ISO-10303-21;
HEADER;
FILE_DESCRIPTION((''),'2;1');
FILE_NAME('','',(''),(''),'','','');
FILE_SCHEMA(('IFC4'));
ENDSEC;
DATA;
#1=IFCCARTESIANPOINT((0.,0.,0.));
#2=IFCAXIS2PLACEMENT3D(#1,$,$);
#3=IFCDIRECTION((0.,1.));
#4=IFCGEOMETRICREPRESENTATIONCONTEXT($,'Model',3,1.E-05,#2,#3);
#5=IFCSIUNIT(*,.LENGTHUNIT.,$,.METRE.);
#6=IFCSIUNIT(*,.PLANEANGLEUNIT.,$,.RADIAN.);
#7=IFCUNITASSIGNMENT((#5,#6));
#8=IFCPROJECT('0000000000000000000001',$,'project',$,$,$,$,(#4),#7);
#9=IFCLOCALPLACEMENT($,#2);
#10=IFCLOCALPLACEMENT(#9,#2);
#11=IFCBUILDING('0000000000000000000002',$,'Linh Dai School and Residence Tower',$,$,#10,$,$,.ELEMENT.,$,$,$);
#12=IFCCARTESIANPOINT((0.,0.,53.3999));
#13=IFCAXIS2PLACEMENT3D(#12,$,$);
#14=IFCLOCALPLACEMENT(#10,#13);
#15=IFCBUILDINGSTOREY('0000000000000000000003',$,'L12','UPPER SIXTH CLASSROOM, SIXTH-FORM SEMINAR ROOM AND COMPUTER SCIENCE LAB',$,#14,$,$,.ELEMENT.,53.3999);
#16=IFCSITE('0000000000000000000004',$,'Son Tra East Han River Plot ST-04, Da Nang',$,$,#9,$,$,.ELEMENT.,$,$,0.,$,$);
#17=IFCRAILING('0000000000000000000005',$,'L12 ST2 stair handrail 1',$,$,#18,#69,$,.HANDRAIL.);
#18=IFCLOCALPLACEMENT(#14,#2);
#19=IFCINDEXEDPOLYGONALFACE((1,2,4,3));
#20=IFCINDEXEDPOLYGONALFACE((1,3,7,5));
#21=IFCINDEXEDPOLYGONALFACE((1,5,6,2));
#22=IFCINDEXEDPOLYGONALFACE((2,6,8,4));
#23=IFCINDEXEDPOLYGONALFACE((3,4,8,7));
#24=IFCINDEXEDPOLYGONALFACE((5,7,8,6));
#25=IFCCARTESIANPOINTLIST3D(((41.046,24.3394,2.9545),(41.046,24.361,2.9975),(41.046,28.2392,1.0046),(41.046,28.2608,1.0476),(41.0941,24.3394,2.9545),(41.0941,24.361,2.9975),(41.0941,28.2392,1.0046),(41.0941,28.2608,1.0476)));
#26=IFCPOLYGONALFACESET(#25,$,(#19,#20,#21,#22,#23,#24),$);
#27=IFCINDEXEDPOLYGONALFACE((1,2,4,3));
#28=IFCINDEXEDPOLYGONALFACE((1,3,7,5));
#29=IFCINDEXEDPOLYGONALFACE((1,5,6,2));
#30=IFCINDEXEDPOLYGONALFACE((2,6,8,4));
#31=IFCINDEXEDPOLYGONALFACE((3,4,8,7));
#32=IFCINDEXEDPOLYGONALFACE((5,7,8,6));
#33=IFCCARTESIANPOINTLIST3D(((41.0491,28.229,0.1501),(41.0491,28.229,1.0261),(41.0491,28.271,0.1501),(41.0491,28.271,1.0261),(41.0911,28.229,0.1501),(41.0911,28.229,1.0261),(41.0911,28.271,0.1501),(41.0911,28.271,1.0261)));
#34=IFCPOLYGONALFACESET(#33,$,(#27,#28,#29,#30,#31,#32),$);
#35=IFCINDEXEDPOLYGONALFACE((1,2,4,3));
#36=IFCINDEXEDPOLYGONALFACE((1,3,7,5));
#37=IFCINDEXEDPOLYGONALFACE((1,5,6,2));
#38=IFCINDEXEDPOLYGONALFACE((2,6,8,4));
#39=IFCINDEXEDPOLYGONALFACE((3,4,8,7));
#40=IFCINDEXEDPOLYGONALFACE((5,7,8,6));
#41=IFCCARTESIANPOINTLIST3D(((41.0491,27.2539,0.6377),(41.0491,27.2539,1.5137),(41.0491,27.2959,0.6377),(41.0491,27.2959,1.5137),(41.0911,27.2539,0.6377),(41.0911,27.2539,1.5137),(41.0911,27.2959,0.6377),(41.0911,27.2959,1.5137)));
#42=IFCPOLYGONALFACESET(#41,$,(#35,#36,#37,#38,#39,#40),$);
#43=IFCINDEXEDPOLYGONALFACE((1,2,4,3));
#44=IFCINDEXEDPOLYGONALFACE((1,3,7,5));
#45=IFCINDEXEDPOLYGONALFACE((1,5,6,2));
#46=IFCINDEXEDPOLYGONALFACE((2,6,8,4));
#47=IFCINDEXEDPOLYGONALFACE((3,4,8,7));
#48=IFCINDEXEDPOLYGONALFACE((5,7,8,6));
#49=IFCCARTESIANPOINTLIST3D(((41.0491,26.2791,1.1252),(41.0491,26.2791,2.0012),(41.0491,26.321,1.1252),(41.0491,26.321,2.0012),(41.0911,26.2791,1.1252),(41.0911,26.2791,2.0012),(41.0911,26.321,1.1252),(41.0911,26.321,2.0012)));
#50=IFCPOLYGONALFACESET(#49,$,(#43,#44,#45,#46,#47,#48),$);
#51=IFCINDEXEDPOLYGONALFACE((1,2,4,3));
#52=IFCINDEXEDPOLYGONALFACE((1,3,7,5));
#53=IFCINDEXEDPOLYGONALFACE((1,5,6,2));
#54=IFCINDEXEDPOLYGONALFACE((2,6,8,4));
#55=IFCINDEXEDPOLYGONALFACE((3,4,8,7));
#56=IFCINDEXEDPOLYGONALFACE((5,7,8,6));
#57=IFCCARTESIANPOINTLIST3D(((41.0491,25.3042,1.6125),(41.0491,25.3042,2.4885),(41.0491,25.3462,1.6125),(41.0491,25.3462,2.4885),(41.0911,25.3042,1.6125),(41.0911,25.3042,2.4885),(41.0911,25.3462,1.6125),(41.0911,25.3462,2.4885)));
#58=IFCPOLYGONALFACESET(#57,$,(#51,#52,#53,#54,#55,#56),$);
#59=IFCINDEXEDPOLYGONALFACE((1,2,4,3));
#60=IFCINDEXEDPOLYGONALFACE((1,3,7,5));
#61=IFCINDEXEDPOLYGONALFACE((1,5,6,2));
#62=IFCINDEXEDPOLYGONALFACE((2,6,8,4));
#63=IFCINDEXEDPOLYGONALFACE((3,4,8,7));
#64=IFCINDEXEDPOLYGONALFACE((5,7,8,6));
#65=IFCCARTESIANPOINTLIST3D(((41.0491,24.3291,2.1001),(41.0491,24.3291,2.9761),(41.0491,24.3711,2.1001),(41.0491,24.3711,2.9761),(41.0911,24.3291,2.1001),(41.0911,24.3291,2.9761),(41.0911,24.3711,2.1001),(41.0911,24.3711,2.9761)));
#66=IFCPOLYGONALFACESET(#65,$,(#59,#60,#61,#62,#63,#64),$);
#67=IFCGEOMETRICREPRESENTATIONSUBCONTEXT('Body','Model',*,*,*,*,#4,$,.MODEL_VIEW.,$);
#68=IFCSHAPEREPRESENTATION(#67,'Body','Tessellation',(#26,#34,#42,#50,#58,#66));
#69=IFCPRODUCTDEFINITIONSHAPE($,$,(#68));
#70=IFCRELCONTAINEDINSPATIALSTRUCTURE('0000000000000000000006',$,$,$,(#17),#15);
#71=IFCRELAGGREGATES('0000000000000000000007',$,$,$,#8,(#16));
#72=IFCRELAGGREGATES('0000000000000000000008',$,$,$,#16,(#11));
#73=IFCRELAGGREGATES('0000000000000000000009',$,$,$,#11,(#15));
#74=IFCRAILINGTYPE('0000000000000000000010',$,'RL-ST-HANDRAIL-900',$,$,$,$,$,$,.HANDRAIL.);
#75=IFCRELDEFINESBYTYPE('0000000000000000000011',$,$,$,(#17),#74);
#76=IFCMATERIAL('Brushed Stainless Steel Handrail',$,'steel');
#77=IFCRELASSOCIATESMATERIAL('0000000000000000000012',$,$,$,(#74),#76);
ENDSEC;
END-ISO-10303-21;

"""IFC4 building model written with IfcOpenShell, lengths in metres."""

from ifc_helpers import new_model, si_unit, direction, frame, origin, origin_2d, place, context, subcontext, project, spatial, rectangle, extrude, source, transform, mapped, material, type_object, element, save


model = new_model("IFC4")

# Units and contexts
model_context = context("Model", 3, precision=1e-05, world=origin(), true_north=direction((0.0, 1.0)))
body_context = subcontext(model_context, "Body", "Model", "MODEL_VIEW")
ifc_project = project(units=[si_unit("LENGTHUNIT", "METRE"), si_unit("PLANEANGLEUNIT", "RADIAN")], contexts=[model_context])

# Site, building, storey
site_placement = place(None, origin())
site = spatial("IfcSite", under=ifc_project, at=site_placement, Name="Son Tra East Han River Plot ST-04, Da Nang", CompositionType="ELEMENT", RefElevation=0.0)
building_placement = place(site_placement, origin())
building = spatial("IfcBuilding", under=site, at=building_placement, Name="Linh Dai School and Residence Tower", CompositionType="ELEMENT")
storey_placement = place(building_placement, frame((0.0, 0.0, 53.3999)))
storey = spatial("IfcBuildingStorey", under=building, at=storey_placement, Name="L12", Description="UPPER SIXTH CLASSROOM, SIXTH-FORM SEMINAR ROOM AND COMPUTER SCIENCE LAB", CompositionType="ELEMENT", Elevation=53.3999)

# Railing
ifc_material_1 = material(Name="Brushed Stainless Steel Handrail", Category="steel")
railing_type_1 = type_object("IfcRailingType", Name="RL-ST-HANDRAIL-900", PredefinedType="HANDRAIL", material=ifc_material_1)
shared_shape_1 = source(origin(), body_context, "Body", "SweptSolid", [
    extrude(rectangle(XDim=0.0481, YDim=0.0481, at=origin_2d()), frame((0.0, 0.0, 0.876), z_axis=(0.0, -0.894427, 0.447214), x_axis=(1.0, 0.0, 0.0)), (0.0, 0.0, 1.0), 4.3601),
    extrude(rectangle(XDim=0.042, YDim=0.042, at=origin_2d()), origin(), (0.0, 0.0, 1.0), 0.876),
    extrude(rectangle(XDim=0.042, YDim=0.042, at=origin_2d()), frame((0.0, -0.9751, 0.4875)), (0.0, 0.0, 1.0), 0.876),
    extrude(rectangle(XDim=0.042, YDim=0.042, at=origin_2d()), frame((0.0, -1.95, 0.9751)), (0.0, 0.0, 1.0), 0.876),
    extrude(rectangle(XDim=0.042, YDim=0.042, at=origin_2d()), frame((0.0, -2.9248, 1.4624)), (0.0, 0.0, 1.0), 0.876),
    extrude(rectangle(XDim=0.042, YDim=0.042, at=origin_2d()), frame((0.0, -3.8999, 1.95)), (0.0, 0.0, 1.0), 0.876),
])
railing_1_placement = place(storey_placement, frame((41.0701, 28.25, 0.1501)))
element("IfcRailing", 1, at=railing_1_placement, inside=storey, type_object=railing_type_1, Name="L12 ST2 stair handrail 1", PredefinedType="HANDRAIL", context=body_context, shape_type="MappedRepresentation", body=[
    mapped(shared_shape_1, transform((0.0, 0.0, 0.0), x_axis=(1.0, 0.0, 0.0), y_axis=(0.0, 1.0, 0.0), z_axis=(0.0, 0.0, 1.0), scale=1.0)),
])

save(model, "model.ifc")
